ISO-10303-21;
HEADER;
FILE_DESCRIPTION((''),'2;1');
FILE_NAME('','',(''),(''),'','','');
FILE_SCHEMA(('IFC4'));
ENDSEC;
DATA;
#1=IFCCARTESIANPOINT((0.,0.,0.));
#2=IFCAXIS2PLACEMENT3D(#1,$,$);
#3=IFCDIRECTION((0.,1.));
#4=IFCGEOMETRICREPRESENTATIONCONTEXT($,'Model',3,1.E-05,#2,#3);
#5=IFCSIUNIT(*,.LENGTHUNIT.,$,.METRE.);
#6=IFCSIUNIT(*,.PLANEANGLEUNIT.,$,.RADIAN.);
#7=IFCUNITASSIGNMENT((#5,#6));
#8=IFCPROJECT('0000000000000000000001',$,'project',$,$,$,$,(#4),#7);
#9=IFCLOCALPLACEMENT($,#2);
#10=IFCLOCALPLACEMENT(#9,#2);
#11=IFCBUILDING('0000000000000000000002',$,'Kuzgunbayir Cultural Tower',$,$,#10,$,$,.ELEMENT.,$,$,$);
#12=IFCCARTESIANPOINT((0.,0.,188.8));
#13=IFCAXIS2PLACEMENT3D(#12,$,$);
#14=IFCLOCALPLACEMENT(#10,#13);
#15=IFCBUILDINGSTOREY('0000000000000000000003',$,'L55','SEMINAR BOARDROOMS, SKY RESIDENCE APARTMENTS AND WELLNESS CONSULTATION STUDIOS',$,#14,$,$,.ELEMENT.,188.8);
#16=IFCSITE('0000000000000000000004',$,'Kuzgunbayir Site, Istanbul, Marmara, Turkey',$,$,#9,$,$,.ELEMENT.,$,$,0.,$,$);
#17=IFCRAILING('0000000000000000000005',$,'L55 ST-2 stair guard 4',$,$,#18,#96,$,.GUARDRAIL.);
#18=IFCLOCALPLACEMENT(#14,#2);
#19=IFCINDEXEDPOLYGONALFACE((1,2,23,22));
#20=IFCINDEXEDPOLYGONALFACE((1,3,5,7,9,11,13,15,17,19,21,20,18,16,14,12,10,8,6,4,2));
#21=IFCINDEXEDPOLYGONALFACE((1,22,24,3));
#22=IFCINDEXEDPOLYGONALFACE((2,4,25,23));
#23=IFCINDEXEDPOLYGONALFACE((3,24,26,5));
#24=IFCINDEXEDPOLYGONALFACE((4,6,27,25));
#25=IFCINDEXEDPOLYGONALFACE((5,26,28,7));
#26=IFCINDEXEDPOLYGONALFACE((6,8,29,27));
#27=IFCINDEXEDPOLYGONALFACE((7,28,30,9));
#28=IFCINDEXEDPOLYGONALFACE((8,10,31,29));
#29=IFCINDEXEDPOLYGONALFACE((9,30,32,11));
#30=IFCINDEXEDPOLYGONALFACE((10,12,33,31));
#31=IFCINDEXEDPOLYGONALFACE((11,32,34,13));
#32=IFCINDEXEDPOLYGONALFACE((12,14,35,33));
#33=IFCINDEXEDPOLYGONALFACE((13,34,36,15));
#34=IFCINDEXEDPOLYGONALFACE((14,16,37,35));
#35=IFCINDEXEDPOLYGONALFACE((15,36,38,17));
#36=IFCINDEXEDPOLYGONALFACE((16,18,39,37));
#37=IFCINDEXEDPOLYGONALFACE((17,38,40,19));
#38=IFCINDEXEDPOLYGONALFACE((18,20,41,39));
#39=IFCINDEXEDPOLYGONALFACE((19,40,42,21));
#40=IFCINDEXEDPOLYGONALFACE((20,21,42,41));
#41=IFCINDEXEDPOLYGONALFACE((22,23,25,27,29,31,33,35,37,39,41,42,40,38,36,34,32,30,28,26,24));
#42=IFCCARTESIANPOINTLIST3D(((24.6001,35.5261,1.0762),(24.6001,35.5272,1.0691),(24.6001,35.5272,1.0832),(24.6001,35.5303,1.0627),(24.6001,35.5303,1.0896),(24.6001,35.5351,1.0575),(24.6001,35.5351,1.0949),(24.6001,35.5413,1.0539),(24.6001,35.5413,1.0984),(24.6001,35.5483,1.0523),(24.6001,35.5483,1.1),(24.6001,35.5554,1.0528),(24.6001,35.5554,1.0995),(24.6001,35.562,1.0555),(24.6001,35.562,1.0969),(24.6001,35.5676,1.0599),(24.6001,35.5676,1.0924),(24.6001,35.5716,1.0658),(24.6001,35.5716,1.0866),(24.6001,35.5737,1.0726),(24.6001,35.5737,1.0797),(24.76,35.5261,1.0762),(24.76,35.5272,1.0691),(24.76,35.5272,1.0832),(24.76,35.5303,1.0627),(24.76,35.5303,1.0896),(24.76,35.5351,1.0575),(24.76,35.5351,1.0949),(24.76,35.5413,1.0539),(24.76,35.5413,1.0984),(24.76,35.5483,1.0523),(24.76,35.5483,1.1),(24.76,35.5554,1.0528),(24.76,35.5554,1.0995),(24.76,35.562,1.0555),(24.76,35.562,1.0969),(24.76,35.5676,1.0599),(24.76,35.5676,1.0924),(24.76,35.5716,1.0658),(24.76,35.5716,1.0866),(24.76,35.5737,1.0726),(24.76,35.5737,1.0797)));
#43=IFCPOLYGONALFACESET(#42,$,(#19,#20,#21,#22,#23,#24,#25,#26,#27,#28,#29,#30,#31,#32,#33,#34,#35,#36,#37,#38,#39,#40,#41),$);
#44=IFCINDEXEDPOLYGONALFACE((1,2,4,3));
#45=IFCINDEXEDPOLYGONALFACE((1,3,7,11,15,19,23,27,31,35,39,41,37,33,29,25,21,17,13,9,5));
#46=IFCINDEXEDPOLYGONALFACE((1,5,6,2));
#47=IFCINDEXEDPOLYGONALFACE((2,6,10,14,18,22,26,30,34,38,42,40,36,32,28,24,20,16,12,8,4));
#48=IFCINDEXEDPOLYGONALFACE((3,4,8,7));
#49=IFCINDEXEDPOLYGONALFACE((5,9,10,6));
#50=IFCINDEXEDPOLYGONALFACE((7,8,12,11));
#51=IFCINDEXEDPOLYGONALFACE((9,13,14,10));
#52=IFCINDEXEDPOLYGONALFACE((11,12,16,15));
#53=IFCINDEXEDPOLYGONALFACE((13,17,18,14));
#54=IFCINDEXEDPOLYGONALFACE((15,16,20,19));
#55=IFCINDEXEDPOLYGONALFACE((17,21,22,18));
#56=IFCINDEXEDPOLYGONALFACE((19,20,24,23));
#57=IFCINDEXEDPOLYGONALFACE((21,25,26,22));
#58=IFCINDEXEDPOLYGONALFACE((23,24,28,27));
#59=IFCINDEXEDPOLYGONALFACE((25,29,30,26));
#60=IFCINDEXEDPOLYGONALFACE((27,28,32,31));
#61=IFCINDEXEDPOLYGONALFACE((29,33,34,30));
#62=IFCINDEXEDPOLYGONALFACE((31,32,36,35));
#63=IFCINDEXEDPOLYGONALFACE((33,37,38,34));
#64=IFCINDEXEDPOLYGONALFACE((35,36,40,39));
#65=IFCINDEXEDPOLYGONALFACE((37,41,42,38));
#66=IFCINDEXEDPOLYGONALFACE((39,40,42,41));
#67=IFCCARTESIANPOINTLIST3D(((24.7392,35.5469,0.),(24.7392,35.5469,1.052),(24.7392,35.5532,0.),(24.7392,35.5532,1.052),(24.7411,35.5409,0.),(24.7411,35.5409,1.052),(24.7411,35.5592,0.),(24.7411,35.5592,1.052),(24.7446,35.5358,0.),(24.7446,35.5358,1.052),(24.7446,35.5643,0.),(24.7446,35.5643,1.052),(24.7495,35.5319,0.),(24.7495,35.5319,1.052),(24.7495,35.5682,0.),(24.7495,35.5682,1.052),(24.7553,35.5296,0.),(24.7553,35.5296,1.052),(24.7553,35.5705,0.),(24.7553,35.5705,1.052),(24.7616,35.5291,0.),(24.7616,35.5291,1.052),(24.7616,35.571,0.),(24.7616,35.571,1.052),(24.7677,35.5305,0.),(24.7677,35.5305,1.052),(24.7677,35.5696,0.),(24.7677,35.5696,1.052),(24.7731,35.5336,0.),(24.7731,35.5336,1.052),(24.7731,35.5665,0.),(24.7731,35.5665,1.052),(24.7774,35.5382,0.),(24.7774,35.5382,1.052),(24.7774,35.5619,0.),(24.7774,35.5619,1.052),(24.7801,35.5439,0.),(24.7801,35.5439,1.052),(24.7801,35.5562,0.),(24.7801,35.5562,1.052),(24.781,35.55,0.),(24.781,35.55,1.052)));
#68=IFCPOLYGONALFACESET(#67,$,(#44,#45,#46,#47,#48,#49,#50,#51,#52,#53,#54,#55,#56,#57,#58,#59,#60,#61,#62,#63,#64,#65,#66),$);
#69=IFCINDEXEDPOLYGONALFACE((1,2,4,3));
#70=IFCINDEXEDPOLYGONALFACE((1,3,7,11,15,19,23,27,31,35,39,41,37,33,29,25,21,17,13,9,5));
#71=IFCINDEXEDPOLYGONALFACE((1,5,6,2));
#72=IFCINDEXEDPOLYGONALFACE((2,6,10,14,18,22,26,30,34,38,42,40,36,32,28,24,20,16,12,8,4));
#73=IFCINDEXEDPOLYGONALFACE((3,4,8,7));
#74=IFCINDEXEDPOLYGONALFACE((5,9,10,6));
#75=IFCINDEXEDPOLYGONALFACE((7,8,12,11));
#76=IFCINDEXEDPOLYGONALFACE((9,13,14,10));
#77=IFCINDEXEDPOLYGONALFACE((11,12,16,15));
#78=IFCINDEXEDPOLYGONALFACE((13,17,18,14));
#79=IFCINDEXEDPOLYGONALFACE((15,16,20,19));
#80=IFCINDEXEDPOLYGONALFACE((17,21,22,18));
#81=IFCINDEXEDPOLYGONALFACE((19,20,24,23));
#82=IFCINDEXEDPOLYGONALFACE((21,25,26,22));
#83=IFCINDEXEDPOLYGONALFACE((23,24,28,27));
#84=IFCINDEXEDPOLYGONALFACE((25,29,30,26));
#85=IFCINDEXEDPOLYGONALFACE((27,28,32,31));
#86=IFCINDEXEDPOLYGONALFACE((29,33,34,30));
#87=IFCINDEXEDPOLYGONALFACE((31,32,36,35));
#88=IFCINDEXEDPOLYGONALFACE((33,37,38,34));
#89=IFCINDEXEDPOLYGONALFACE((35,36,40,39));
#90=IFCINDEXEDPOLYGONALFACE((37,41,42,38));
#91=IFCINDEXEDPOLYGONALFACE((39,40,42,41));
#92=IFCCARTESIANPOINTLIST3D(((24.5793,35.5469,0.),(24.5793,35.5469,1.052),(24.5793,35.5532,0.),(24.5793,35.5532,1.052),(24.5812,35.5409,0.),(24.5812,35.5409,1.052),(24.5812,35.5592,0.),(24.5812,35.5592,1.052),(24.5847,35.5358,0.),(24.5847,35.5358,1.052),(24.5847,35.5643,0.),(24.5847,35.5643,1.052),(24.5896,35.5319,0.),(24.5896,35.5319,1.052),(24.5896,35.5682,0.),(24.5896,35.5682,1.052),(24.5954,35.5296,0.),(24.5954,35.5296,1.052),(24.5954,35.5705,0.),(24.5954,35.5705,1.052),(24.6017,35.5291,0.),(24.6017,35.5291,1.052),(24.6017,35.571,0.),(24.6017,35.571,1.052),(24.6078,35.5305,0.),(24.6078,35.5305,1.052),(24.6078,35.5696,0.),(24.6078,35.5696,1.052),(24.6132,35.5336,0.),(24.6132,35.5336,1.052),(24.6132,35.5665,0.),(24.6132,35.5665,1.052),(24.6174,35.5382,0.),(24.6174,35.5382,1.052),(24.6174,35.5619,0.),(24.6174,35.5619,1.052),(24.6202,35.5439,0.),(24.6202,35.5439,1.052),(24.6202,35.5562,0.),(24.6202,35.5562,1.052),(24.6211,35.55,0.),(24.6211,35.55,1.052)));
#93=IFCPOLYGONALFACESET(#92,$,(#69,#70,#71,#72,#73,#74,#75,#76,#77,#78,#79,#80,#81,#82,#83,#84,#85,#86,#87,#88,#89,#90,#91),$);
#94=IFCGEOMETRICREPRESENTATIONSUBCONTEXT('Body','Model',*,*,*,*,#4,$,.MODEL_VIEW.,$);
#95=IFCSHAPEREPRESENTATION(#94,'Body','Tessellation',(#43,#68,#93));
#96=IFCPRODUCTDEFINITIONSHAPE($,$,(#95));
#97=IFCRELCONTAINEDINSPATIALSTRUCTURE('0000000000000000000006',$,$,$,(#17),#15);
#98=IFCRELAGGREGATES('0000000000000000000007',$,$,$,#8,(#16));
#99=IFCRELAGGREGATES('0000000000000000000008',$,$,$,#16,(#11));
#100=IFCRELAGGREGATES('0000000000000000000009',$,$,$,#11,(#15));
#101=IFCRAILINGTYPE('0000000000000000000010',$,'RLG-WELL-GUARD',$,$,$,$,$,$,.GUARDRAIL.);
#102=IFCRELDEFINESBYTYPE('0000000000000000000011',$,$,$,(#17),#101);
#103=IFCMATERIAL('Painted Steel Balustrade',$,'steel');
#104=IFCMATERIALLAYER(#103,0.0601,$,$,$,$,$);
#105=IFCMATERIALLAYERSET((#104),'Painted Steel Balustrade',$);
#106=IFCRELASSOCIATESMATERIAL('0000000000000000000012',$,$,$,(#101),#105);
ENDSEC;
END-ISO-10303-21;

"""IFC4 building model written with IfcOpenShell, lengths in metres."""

from ifc_helpers import new_model, si_unit, direction, frame, origin, origin_2d, place, context, subcontext, project, spatial, circle, extrude, material, layer, layer_set, type_object, element, save


model = new_model("IFC4")

# Units and contexts
model_context = context("Model", 3, precision=1e-05, world=origin(), true_north=direction((0.0, 1.0)))
body_context = subcontext(model_context, "Body", "Model", "MODEL_VIEW")
ifc_project = project(units=[si_unit("LENGTHUNIT", "METRE"), si_unit("PLANEANGLEUNIT", "RADIAN")], contexts=[model_context])

# Site, building, storey
site_placement = place(None, origin())
site = spatial("IfcSite", under=ifc_project, at=site_placement, Name="Kuzgunbayir Site, Istanbul, Marmara, Turkey", CompositionType="ELEMENT", RefElevation=0.0)
building_placement = place(site_placement, origin())
building = spatial("IfcBuilding", under=site, at=building_placement, Name="Kuzgunbayir Cultural Tower", CompositionType="ELEMENT")
storey_placement = place(building_placement, frame((0.0, 0.0, 188.8)))
storey = spatial("IfcBuildingStorey", under=building, at=storey_placement, Name="L55", Description="SEMINAR BOARDROOMS, SKY RESIDENCE APARTMENTS AND WELLNESS CONSULTATION STUDIOS", CompositionType="ELEMENT", Elevation=188.8)

# Railing
ifc_material_1 = material(Name="Painted Steel Balustrade", Category="steel")
ifc_layer_1 = layer(ifc_material_1, 0.0601)
ifc_layer_set_1 = layer_set([ifc_layer_1], Name="Painted Steel Balustrade")
railing_type_1 = type_object("IfcRailingType", Name="RLG-WELL-GUARD", PredefinedType="GUARDRAIL", material=ifc_layer_set_1)
railing_1_placement = place(storey_placement, frame((24.76, 35.55, 0.0)))
element("IfcRailing", 1, at=railing_1_placement, inside=storey, type_object=railing_type_1, Name="L55 ST-2 stair guard 4", PredefinedType="GUARDRAIL", context=body_context, shape_type="SweptSolid", body=[
    extrude(circle(Radius=0.0239, at=origin_2d()), frame((0.0, 0.0, 1.0762), z_axis=(-1.0, 0.0, 0.0), x_axis=(0.0, -1.0, 0.0)), (0.0, 0.0, 1.0), 0.1599),
    extrude(circle(Radius=0.021, at=origin_2d()), origin(), (0.0, 0.0, 1.0), 1.052),
    extrude(circle(Radius=0.021, at=origin_2d()), frame((-0.1599, 0.0, 0.0)), (0.0, 0.0, 1.0), 1.052),
])

save(model, "model.ifc")
